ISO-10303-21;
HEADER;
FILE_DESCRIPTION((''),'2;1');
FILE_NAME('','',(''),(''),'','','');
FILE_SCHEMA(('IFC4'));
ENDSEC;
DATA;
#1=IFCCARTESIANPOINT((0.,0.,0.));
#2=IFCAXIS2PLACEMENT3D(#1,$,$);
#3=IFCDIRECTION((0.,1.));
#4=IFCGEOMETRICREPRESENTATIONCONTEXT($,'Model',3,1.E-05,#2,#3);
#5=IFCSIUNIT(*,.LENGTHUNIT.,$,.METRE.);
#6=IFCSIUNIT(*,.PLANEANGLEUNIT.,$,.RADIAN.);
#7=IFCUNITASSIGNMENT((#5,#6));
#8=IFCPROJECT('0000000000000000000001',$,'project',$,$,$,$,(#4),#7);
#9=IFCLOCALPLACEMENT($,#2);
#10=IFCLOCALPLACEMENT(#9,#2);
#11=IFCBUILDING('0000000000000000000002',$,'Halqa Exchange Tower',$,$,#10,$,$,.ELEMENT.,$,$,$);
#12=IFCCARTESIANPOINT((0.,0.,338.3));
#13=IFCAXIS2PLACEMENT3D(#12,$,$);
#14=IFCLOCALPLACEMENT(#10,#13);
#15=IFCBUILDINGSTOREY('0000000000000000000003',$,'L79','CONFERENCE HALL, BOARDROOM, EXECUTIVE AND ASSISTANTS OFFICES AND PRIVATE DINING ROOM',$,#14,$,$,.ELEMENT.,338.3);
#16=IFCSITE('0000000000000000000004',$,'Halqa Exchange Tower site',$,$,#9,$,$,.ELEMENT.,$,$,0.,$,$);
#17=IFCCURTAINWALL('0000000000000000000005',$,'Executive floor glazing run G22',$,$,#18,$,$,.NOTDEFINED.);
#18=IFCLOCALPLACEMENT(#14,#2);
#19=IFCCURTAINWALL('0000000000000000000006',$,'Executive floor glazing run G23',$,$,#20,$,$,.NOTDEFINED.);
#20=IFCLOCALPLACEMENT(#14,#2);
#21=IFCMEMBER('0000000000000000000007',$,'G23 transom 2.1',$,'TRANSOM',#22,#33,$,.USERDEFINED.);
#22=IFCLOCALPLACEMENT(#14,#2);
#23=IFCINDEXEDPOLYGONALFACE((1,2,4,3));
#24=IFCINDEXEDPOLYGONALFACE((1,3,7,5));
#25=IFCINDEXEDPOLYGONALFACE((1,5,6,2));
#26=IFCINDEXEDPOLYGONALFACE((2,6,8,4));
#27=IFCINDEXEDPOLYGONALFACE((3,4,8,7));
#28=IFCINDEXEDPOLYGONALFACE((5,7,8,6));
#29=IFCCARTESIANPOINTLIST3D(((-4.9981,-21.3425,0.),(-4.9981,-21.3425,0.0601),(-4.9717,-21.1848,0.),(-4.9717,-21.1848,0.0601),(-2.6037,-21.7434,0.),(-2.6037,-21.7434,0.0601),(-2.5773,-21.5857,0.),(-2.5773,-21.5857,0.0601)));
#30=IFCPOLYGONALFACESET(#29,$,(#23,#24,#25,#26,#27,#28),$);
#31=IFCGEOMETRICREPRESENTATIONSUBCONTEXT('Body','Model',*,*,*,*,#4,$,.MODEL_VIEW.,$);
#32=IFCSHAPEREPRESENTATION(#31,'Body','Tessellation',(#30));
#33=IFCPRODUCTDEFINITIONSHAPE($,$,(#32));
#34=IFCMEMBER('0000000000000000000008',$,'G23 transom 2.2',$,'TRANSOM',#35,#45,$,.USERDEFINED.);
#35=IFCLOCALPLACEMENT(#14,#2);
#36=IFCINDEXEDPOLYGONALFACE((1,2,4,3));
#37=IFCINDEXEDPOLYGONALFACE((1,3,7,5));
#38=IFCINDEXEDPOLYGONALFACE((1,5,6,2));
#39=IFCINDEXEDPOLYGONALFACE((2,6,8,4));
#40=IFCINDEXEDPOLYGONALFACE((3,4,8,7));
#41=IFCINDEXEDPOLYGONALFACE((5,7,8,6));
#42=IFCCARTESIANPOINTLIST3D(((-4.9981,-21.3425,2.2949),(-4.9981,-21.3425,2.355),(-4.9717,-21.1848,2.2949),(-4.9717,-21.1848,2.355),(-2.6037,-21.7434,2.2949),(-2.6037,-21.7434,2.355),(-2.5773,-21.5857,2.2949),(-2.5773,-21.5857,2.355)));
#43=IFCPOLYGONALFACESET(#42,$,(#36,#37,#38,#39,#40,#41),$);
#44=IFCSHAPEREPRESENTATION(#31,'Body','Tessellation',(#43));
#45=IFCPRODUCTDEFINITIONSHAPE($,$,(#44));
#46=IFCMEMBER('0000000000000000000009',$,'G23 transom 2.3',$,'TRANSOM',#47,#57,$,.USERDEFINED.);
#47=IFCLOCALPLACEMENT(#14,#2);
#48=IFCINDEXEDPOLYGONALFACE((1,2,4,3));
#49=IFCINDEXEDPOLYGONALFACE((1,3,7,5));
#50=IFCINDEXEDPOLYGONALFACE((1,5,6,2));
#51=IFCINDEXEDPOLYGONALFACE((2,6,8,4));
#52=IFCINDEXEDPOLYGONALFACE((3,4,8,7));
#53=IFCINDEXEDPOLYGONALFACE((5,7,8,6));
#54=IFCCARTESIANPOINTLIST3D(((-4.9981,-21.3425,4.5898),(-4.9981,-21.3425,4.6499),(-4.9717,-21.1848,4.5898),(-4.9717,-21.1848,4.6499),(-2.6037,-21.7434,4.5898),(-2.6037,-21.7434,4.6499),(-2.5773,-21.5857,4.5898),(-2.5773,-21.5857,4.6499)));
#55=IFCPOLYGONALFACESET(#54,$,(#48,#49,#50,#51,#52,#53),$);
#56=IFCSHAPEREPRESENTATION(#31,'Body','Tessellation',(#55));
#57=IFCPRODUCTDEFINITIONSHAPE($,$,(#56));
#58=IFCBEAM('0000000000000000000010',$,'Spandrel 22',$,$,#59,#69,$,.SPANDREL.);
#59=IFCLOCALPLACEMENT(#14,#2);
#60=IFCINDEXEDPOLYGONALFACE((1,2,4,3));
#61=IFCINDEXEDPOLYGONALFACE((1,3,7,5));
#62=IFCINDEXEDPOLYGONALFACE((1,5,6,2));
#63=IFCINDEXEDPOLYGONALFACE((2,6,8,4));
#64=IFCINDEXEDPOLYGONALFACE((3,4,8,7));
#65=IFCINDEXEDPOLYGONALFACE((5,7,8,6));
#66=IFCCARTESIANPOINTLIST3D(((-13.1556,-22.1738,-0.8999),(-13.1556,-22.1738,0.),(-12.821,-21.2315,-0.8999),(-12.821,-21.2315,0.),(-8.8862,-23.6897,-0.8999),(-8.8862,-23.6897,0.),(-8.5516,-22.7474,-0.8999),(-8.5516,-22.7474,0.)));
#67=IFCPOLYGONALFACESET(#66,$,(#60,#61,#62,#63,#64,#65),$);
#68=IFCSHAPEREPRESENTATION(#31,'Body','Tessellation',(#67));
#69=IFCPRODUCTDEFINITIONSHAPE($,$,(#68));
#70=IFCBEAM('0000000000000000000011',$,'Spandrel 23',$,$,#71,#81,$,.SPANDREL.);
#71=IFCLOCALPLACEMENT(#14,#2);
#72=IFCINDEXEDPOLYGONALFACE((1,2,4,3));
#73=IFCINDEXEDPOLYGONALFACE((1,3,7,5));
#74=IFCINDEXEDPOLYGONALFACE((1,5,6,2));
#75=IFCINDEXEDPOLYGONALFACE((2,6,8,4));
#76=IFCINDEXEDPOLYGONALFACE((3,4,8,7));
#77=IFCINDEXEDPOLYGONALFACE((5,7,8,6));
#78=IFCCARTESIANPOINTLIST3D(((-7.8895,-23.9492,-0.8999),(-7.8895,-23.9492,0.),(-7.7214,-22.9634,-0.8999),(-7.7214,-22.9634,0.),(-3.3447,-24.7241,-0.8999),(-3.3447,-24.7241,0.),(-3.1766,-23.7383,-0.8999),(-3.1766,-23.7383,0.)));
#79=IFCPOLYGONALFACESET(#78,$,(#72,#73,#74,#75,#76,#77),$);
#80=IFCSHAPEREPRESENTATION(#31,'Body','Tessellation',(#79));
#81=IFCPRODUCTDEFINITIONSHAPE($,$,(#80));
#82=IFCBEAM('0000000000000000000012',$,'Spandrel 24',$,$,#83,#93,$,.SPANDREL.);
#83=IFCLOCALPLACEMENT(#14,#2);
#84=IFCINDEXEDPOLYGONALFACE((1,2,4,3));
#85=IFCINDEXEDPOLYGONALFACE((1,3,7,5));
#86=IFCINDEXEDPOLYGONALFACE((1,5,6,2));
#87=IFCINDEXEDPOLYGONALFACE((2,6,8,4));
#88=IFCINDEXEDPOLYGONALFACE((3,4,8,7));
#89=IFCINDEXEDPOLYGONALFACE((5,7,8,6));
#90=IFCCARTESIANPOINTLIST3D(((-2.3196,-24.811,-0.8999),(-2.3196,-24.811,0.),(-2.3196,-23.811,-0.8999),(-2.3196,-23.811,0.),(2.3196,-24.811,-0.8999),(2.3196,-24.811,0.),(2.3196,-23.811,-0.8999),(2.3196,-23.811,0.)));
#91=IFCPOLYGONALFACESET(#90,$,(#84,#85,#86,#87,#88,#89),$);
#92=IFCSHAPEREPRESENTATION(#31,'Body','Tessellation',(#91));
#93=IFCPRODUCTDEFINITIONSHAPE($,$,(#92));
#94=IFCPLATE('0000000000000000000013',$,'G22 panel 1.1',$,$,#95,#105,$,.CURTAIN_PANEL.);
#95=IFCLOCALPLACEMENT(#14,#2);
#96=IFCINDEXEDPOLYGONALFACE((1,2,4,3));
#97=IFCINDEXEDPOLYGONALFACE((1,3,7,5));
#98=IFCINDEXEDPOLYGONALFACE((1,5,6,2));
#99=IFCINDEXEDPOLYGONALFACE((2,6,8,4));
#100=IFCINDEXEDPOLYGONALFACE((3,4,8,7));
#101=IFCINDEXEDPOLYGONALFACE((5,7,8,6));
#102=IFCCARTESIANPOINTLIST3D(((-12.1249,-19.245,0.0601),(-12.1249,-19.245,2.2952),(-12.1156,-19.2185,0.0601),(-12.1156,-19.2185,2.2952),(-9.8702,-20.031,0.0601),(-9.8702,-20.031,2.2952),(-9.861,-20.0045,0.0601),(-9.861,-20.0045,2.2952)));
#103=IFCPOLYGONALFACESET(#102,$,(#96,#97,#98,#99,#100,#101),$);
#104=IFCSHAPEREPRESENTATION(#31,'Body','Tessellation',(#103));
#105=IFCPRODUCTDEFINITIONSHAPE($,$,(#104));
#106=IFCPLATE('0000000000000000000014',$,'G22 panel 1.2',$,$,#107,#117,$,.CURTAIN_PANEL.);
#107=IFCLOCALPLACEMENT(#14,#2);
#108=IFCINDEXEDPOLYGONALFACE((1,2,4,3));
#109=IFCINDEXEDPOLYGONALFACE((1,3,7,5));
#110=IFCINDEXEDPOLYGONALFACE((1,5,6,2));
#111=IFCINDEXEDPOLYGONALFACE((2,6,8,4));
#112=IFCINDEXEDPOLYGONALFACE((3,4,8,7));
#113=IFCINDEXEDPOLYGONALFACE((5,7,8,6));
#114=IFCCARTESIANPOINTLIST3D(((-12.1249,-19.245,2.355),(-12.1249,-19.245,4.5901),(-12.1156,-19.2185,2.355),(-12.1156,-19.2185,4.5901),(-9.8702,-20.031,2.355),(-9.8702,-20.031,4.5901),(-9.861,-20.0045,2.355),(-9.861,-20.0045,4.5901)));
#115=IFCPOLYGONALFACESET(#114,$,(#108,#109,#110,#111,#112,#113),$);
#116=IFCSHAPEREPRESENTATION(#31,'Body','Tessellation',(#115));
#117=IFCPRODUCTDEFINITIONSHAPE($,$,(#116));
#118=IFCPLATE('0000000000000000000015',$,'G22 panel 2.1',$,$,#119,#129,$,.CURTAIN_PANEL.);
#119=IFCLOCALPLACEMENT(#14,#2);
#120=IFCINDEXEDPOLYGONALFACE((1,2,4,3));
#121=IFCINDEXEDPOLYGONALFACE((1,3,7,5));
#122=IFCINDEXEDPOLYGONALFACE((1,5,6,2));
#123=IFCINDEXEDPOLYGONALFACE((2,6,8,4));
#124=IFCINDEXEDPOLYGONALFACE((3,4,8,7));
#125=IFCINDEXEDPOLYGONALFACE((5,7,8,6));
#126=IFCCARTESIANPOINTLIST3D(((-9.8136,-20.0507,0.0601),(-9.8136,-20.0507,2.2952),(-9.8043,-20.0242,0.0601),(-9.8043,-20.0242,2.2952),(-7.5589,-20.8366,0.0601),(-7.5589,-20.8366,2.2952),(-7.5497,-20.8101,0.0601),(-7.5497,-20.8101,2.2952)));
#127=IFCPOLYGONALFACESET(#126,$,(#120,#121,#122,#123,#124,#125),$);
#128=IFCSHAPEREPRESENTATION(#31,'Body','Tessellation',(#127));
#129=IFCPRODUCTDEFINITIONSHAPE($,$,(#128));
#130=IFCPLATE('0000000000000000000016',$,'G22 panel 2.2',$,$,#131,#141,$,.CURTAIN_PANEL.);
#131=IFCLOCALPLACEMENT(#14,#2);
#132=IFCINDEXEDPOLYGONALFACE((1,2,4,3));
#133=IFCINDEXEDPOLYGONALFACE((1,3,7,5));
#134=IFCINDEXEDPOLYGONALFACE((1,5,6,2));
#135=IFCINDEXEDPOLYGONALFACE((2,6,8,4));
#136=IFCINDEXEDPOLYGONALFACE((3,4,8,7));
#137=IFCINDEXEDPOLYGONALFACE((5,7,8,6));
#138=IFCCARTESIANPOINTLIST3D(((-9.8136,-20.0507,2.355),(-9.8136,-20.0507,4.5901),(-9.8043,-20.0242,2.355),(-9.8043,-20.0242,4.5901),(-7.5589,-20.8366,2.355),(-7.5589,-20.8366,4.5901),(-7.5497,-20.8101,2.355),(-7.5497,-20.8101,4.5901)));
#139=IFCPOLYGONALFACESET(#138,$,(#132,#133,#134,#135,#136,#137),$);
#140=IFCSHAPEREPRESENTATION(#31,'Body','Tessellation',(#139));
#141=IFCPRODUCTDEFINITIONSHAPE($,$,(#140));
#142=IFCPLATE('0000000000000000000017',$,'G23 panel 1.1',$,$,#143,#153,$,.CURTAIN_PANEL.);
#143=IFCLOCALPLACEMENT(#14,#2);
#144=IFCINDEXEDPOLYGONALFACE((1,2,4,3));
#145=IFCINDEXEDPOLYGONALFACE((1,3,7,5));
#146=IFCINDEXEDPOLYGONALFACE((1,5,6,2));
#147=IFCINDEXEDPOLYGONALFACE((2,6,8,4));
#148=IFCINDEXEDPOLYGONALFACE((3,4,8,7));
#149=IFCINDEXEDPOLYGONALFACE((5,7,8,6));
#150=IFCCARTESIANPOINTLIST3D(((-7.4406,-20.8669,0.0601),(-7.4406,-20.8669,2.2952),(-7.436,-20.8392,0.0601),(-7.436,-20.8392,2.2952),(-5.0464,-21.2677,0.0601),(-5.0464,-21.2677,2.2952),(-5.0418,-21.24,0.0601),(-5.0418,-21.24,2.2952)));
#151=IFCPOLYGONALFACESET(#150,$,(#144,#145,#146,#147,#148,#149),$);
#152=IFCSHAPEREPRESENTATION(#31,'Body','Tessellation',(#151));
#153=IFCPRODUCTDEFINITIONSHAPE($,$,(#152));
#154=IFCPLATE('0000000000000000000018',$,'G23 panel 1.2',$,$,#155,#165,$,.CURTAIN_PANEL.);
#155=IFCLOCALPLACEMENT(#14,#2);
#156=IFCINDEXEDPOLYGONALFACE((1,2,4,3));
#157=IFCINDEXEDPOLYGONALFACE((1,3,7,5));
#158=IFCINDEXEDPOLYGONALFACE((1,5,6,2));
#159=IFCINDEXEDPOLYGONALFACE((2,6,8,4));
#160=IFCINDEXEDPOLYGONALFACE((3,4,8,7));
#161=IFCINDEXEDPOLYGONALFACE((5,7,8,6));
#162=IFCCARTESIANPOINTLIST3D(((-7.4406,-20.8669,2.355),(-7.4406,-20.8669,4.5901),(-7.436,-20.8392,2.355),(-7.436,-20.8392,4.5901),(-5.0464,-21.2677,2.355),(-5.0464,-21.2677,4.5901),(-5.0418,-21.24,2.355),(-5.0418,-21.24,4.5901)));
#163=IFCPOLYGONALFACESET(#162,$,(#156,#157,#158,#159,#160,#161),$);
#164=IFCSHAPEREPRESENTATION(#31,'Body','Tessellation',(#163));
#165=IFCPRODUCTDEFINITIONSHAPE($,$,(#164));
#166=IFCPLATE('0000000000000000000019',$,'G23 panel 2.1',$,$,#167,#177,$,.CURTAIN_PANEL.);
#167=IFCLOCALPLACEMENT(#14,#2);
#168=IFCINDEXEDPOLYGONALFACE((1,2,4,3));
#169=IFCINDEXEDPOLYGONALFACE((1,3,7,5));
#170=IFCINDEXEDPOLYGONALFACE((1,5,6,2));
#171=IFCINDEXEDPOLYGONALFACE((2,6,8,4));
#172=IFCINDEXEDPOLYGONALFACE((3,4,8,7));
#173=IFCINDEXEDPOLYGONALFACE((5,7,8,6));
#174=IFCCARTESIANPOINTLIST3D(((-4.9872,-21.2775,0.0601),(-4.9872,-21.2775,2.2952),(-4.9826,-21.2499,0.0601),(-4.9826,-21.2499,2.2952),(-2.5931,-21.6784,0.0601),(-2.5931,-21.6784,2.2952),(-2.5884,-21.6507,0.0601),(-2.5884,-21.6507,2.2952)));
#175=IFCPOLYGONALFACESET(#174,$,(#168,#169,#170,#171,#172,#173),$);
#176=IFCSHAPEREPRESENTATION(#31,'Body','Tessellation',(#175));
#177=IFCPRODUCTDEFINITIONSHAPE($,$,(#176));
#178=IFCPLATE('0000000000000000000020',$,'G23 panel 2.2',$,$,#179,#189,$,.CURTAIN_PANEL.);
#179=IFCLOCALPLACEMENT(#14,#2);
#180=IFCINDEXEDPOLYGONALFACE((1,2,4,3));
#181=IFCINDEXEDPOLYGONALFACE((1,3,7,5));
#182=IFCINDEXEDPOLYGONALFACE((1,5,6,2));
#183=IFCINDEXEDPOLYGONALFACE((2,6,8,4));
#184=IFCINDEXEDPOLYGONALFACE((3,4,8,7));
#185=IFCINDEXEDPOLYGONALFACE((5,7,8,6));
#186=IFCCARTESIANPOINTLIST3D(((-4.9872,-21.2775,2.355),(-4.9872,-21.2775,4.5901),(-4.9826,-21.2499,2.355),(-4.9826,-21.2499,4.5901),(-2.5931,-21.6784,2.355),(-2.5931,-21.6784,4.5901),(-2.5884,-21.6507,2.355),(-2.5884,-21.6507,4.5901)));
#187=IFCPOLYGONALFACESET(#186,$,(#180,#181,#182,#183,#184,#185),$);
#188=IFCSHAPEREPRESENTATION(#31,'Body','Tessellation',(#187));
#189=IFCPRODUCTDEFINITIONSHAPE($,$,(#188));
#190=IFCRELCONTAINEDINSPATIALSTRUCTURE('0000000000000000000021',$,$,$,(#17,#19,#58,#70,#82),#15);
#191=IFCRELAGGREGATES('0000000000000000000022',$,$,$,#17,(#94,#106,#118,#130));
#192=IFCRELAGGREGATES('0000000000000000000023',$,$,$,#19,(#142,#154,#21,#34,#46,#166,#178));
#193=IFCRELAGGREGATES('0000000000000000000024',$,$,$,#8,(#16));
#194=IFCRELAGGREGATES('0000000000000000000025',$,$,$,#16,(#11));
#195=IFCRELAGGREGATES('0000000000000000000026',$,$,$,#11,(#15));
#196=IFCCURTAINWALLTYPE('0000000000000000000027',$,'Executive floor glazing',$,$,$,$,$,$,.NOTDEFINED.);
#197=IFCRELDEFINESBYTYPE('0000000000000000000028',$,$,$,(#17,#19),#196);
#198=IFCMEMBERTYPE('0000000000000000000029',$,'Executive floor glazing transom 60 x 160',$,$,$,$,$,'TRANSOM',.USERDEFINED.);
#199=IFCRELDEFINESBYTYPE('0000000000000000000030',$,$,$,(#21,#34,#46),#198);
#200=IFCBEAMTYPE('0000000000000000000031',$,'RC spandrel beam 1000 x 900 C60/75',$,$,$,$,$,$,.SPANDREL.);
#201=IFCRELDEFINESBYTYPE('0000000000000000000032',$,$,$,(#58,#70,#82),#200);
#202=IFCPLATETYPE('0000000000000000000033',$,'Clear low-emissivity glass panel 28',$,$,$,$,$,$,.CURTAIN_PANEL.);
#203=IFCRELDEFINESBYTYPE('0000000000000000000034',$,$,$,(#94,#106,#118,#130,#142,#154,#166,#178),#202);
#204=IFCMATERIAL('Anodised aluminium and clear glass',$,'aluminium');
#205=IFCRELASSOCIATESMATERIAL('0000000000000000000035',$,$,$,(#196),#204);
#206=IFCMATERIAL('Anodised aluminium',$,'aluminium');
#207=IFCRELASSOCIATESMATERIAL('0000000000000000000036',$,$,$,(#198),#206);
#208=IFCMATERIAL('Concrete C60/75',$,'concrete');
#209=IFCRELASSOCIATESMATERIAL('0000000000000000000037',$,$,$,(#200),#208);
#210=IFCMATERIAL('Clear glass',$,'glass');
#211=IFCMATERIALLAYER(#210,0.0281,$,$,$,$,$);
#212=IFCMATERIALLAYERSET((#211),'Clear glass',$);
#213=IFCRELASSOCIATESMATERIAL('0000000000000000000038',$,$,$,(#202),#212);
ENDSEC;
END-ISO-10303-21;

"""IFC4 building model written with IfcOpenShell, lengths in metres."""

from ifc_helpers import new_model, si_unit, direction, frame, origin, origin_2d, place, context, subcontext, project, spatial, rectangle, extrude, material, layer, layer_set, material_profile, profile_set, type_object, element, aggregate, save


model = new_model("IFC4")

# Units and contexts
model_context = context("Model", 3, precision=1e-05, world=origin(), true_north=direction((0.0, 1.0)))
body_context = subcontext(model_context, "Body", "Model", "MODEL_VIEW")
ifc_project = project(units=[si_unit("LENGTHUNIT", "METRE"), si_unit("PLANEANGLEUNIT", "RADIAN")], contexts=[model_context])

# Site, building, storey
site_placement = place(None, origin())
site = spatial("IfcSite", under=ifc_project, at=site_placement, Name="Halqa Exchange Tower site", CompositionType="ELEMENT", RefElevation=0.0)
building_placement = place(site_placement, origin())
building = spatial("IfcBuilding", under=site, at=building_placement, Name="Halqa Exchange Tower", CompositionType="ELEMENT")
storey_placement = place(building_placement, frame((0.0, 0.0, 338.3)))
storey = spatial("IfcBuildingStorey", under=building, at=storey_placement, Name="L79", Description="CONFERENCE HALL, BOARDROOM, EXECUTIVE AND ASSISTANTS OFFICES AND PRIVATE DINING ROOM", CompositionType="ELEMENT", Elevation=338.3)

# Curtain walls
ifc_material_1 = material(Name="Anodised aluminium and clear glass", Category="aluminium")
curtain_wall_type = type_object("IfcCurtainWallType", Name="Executive floor glazing", PredefinedType="NOTDEFINED", material=ifc_material_1)
curtain_wall_1_placement = place(storey_placement, origin())
curtain_wall_1 = element("IfcCurtainWall", 1, at=curtain_wall_1_placement, inside=storey, type_object=curtain_wall_type, Name="Executive floor glazing run G22", PredefinedType="NOTDEFINED")
ifc_material_2 = material(Name="Anodised aluminium", Category="aluminium")
curtain_wall_2_placement = place(storey_placement, origin())
curtain_wall_2 = element("IfcCurtainWall", 2, at=curtain_wall_2_placement, inside=storey, type_object=curtain_wall_type, Name="Executive floor glazing run G23", PredefinedType="NOTDEFINED")

# Members
ifc_material_profile_1 = material_profile(ifc_material_2, rectangle(XDim=0.1599, YDim=0.0601, at=origin_2d()), Name="AL 60x160")
ifc_profile_set_1 = profile_set([ifc_material_profile_1], Name="Anodised aluminium")
member_type_1 = type_object("IfcMemberType", Name="Executive floor glazing transom 60 x 160", ElementType="TRANSOM", PredefinedType="USERDEFINED", material=ifc_profile_set_1)
member_1_placement = place(storey_placement, frame((-4.9849, -21.2637, 0.03), z_axis=(0.986271, -0.165133, 0.0), x_axis=(0.165133, 0.986271, 0.0)))
member_1 = element("IfcMember", 3, at=member_1_placement, type_object=member_type_1, Name="G23 transom 2.1", ObjectType="TRANSOM", PredefinedType="USERDEFINED", context=body_context, shape_type="SweptSolid", body=[
    extrude(rectangle(XDim=0.1599, YDim=0.0601, at=origin_2d()), origin(), (0.0, 0.0, 1.0), 2.4277),
])
member_2_placement = place(storey_placement, frame((-4.9849, -21.2637, 2.325), z_axis=(0.986271, -0.165133, 0.0), x_axis=(0.165133, 0.986271, 0.0)))
member_2 = element("IfcMember", 4, at=member_2_placement, type_object=member_type_1, Name="G23 transom 2.2", ObjectType="TRANSOM", PredefinedType="USERDEFINED", context=body_context, shape_type="SweptSolid", body=[
    extrude(rectangle(XDim=0.1599, YDim=0.0601, at=origin_2d()), origin(), (0.0, 0.0, 1.0), 2.4277),
])
member_3_placement = place(storey_placement, frame((-4.9849, -21.2637, 4.6199), z_axis=(0.986271, -0.165133, 0.0), x_axis=(0.165133, 0.986271, 0.0)))
member_3 = element("IfcMember", 5, at=member_3_placement, type_object=member_type_1, Name="G23 transom 2.3", ObjectType="TRANSOM", PredefinedType="USERDEFINED", context=body_context, shape_type="SweptSolid", body=[
    extrude(rectangle(XDim=0.1599, YDim=0.0601, at=origin_2d()), origin(), (0.0, 0.0, 1.0), 2.4277),
])

# Beams
ifc_material_3 = material(Name="Concrete C60/75", Category="concrete")
ifc_material_profile_2 = material_profile(ifc_material_3, rectangle(XDim=1.0, YDim=0.8999, at=origin_2d()), Name="1000 x 900")
ifc_profile_set_2 = profile_set([ifc_material_profile_2], Name="Concrete C60/75")
beam_type = type_object("IfcBeamType", Name="RC spandrel beam 1000 x 900 C60/75", PredefinedType="SPANDREL", material=ifc_profile_set_2)
beam_1_placement = place(storey_placement, frame((-12.9883, -21.7026, -0.45), z_axis=(0.942361, -0.334598, 0.0), x_axis=(0.334598, 0.942361, 0.0)))
element("IfcBeam", 6, at=beam_1_placement, inside=storey, type_object=beam_type, Name="Spandrel 22", PredefinedType="SPANDREL", context=body_context, shape_type="SweptSolid", body=[
    extrude(rectangle(XDim=1.0, YDim=0.8999, at=origin_2d()), origin(), (0.0, 0.0, 1.0), 4.5305),
])
beam_2_placement = place(storey_placement, frame((-7.8054, -23.4563, -0.45), z_axis=(0.985773, -0.168082, 0.0), x_axis=(0.168082, 0.985773, 0.0)))
element("IfcBeam", 7, at=beam_2_placement, inside=storey, type_object=beam_type, Name="Spandrel 23", PredefinedType="SPANDREL", context=body_context, shape_type="SweptSolid", body=[
    extrude(rectangle(XDim=1.0, YDim=0.8999, at=origin_2d()), origin(), (0.0, 0.0, 1.0), 4.6104),
])
beam_3_placement = place(storey_placement, frame((-2.3196, -24.311, -0.45), z_axis=(1.0, 0.0, 0.0), x_axis=(0.0, 1.0, 0.0)))
element("IfcBeam", 8, at=beam_3_placement, inside=storey, type_object=beam_type, Name="Spandrel 24", PredefinedType="SPANDREL", context=body_context, shape_type="SweptSolid", body=[
    extrude(rectangle(XDim=1.0, YDim=0.8999, at=origin_2d()), origin(), (0.0, 0.0, 1.0), 4.6392),
])

# Plates
ifc_material_4 = material(Name="Clear glass", Category="glass")
ifc_layer_1 = layer(ifc_material_4, 0.0281)
ifc_layer_set_1 = layer_set([ifc_layer_1], Name="Clear glass")
plate_type = type_object("IfcPlateType", Name="Clear low-emissivity glass panel 28", PredefinedType="CURTAIN_PANEL", material=ifc_layer_set_1)
plate_1_placement = place(storey_placement, frame((-10.9929, -19.6248, 0.0601), z_axis=(0.0, 0.0, 1.0), x_axis=(0.944274, -0.32916, 0.0)))
plate_1 = element("IfcPlate", 9, at=plate_1_placement, type_object=plate_type, Name="G22 panel 1.1", PredefinedType="CURTAIN_PANEL", context=body_context, shape_type="SweptSolid", body=[
    extrude(rectangle(XDim=2.3877, YDim=0.0281, at=origin_2d()), origin(), (0.0, 0.0, 1.0), 2.2351),
])
plate_2_placement = place(storey_placement, frame((-10.9929, -19.6248, 2.355), z_axis=(0.0, 0.0, 1.0), x_axis=(0.944274, -0.32916, 0.0)))
plate_2 = element("IfcPlate", 10, at=plate_2_placement, type_object=plate_type, Name="G22 panel 1.2", PredefinedType="CURTAIN_PANEL", context=body_context, shape_type="SweptSolid", body=[
    extrude(rectangle(XDim=2.3877, YDim=0.0281, at=origin_2d()), origin(), (0.0, 0.0, 1.0), 2.2351),
])
plate_3_placement = place(storey_placement, frame((-8.6816, -20.4304, 0.0601), z_axis=(0.0, 0.0, 1.0), x_axis=(0.944274, -0.32916, 0.0)))
plate_3 = element("IfcPlate", 11, at=plate_3_placement, type_object=plate_type, Name="G22 panel 2.1", PredefinedType="CURTAIN_PANEL", context=body_context, shape_type="SweptSolid", body=[
    extrude(rectangle(XDim=2.3877, YDim=0.0281, at=origin_2d()), origin(), (0.0, 0.0, 1.0), 2.2351),
])
plate_4_placement = place(storey_placement, frame((-8.6816, -20.4304, 2.355), z_axis=(0.0, 0.0, 1.0), x_axis=(0.944274, -0.32916, 0.0)))
plate_4 = element("IfcPlate", 12, at=plate_4_placement, type_object=plate_type, Name="G22 panel 2.2", PredefinedType="CURTAIN_PANEL", context=body_context, shape_type="SweptSolid", body=[
    extrude(rectangle(XDim=2.3877, YDim=0.0281, at=origin_2d()), origin(), (0.0, 0.0, 1.0), 2.2351),
])
aggregate(curtain_wall_1, [plate_1, plate_2, plate_3, plate_4])
plate_5_placement = place(storey_placement, frame((-6.2412, -21.0535, 0.0601), z_axis=(0.0, 0.0, 1.0), x_axis=(0.986274, -0.165117, 0.0)))
plate_5 = element("IfcPlate", 13, at=plate_5_placement, type_object=plate_type, Name="G23 panel 1.1", PredefinedType="CURTAIN_PANEL", context=body_context, shape_type="SweptSolid", body=[
    extrude(rectangle(XDim=2.4275, YDim=0.0281, at=origin_2d()), origin(), (0.0, 0.0, 1.0), 2.2351),
])
plate_6_placement = place(storey_placement, frame((-6.2412, -21.0535, 2.355), z_axis=(0.0, 0.0, 1.0), x_axis=(0.986274, -0.165117, 0.0)))
plate_6 = element("IfcPlate", 14, at=plate_6_placement, type_object=plate_type, Name="G23 panel 1.2", PredefinedType="CURTAIN_PANEL", context=body_context, shape_type="SweptSolid", body=[
    extrude(rectangle(XDim=2.4275, YDim=0.0281, at=origin_2d()), origin(), (0.0, 0.0, 1.0), 2.2351),
])
plate_7_placement = place(storey_placement, frame((-3.7878, -21.4641, 0.0601), z_axis=(0.0, 0.0, 1.0), x_axis=(0.986274, -0.165117, 0.0)))
plate_7 = element("IfcPlate", 15, at=plate_7_placement, type_object=plate_type, Name="G23 panel 2.1", PredefinedType="CURTAIN_PANEL", context=body_context, shape_type="SweptSolid", body=[
    extrude(rectangle(XDim=2.4275, YDim=0.0281, at=origin_2d()), origin(), (0.0, 0.0, 1.0), 2.2351),
])
plate_8_placement = place(storey_placement, frame((-3.7878, -21.4641, 2.355), z_axis=(0.0, 0.0, 1.0), x_axis=(0.986274, -0.165117, 0.0)))
plate_8 = element("IfcPlate", 16, at=plate_8_placement, type_object=plate_type, Name="G23 panel 2.2", PredefinedType="CURTAIN_PANEL", context=body_context, shape_type="SweptSolid", body=[
    extrude(rectangle(XDim=2.4275, YDim=0.0281, at=origin_2d()), origin(), (0.0, 0.0, 1.0), 2.2351),
])
aggregate(curtain_wall_2, [plate_5, plate_6, member_1, member_2, member_3, plate_7, plate_8])

save(model, "model.ifc")
